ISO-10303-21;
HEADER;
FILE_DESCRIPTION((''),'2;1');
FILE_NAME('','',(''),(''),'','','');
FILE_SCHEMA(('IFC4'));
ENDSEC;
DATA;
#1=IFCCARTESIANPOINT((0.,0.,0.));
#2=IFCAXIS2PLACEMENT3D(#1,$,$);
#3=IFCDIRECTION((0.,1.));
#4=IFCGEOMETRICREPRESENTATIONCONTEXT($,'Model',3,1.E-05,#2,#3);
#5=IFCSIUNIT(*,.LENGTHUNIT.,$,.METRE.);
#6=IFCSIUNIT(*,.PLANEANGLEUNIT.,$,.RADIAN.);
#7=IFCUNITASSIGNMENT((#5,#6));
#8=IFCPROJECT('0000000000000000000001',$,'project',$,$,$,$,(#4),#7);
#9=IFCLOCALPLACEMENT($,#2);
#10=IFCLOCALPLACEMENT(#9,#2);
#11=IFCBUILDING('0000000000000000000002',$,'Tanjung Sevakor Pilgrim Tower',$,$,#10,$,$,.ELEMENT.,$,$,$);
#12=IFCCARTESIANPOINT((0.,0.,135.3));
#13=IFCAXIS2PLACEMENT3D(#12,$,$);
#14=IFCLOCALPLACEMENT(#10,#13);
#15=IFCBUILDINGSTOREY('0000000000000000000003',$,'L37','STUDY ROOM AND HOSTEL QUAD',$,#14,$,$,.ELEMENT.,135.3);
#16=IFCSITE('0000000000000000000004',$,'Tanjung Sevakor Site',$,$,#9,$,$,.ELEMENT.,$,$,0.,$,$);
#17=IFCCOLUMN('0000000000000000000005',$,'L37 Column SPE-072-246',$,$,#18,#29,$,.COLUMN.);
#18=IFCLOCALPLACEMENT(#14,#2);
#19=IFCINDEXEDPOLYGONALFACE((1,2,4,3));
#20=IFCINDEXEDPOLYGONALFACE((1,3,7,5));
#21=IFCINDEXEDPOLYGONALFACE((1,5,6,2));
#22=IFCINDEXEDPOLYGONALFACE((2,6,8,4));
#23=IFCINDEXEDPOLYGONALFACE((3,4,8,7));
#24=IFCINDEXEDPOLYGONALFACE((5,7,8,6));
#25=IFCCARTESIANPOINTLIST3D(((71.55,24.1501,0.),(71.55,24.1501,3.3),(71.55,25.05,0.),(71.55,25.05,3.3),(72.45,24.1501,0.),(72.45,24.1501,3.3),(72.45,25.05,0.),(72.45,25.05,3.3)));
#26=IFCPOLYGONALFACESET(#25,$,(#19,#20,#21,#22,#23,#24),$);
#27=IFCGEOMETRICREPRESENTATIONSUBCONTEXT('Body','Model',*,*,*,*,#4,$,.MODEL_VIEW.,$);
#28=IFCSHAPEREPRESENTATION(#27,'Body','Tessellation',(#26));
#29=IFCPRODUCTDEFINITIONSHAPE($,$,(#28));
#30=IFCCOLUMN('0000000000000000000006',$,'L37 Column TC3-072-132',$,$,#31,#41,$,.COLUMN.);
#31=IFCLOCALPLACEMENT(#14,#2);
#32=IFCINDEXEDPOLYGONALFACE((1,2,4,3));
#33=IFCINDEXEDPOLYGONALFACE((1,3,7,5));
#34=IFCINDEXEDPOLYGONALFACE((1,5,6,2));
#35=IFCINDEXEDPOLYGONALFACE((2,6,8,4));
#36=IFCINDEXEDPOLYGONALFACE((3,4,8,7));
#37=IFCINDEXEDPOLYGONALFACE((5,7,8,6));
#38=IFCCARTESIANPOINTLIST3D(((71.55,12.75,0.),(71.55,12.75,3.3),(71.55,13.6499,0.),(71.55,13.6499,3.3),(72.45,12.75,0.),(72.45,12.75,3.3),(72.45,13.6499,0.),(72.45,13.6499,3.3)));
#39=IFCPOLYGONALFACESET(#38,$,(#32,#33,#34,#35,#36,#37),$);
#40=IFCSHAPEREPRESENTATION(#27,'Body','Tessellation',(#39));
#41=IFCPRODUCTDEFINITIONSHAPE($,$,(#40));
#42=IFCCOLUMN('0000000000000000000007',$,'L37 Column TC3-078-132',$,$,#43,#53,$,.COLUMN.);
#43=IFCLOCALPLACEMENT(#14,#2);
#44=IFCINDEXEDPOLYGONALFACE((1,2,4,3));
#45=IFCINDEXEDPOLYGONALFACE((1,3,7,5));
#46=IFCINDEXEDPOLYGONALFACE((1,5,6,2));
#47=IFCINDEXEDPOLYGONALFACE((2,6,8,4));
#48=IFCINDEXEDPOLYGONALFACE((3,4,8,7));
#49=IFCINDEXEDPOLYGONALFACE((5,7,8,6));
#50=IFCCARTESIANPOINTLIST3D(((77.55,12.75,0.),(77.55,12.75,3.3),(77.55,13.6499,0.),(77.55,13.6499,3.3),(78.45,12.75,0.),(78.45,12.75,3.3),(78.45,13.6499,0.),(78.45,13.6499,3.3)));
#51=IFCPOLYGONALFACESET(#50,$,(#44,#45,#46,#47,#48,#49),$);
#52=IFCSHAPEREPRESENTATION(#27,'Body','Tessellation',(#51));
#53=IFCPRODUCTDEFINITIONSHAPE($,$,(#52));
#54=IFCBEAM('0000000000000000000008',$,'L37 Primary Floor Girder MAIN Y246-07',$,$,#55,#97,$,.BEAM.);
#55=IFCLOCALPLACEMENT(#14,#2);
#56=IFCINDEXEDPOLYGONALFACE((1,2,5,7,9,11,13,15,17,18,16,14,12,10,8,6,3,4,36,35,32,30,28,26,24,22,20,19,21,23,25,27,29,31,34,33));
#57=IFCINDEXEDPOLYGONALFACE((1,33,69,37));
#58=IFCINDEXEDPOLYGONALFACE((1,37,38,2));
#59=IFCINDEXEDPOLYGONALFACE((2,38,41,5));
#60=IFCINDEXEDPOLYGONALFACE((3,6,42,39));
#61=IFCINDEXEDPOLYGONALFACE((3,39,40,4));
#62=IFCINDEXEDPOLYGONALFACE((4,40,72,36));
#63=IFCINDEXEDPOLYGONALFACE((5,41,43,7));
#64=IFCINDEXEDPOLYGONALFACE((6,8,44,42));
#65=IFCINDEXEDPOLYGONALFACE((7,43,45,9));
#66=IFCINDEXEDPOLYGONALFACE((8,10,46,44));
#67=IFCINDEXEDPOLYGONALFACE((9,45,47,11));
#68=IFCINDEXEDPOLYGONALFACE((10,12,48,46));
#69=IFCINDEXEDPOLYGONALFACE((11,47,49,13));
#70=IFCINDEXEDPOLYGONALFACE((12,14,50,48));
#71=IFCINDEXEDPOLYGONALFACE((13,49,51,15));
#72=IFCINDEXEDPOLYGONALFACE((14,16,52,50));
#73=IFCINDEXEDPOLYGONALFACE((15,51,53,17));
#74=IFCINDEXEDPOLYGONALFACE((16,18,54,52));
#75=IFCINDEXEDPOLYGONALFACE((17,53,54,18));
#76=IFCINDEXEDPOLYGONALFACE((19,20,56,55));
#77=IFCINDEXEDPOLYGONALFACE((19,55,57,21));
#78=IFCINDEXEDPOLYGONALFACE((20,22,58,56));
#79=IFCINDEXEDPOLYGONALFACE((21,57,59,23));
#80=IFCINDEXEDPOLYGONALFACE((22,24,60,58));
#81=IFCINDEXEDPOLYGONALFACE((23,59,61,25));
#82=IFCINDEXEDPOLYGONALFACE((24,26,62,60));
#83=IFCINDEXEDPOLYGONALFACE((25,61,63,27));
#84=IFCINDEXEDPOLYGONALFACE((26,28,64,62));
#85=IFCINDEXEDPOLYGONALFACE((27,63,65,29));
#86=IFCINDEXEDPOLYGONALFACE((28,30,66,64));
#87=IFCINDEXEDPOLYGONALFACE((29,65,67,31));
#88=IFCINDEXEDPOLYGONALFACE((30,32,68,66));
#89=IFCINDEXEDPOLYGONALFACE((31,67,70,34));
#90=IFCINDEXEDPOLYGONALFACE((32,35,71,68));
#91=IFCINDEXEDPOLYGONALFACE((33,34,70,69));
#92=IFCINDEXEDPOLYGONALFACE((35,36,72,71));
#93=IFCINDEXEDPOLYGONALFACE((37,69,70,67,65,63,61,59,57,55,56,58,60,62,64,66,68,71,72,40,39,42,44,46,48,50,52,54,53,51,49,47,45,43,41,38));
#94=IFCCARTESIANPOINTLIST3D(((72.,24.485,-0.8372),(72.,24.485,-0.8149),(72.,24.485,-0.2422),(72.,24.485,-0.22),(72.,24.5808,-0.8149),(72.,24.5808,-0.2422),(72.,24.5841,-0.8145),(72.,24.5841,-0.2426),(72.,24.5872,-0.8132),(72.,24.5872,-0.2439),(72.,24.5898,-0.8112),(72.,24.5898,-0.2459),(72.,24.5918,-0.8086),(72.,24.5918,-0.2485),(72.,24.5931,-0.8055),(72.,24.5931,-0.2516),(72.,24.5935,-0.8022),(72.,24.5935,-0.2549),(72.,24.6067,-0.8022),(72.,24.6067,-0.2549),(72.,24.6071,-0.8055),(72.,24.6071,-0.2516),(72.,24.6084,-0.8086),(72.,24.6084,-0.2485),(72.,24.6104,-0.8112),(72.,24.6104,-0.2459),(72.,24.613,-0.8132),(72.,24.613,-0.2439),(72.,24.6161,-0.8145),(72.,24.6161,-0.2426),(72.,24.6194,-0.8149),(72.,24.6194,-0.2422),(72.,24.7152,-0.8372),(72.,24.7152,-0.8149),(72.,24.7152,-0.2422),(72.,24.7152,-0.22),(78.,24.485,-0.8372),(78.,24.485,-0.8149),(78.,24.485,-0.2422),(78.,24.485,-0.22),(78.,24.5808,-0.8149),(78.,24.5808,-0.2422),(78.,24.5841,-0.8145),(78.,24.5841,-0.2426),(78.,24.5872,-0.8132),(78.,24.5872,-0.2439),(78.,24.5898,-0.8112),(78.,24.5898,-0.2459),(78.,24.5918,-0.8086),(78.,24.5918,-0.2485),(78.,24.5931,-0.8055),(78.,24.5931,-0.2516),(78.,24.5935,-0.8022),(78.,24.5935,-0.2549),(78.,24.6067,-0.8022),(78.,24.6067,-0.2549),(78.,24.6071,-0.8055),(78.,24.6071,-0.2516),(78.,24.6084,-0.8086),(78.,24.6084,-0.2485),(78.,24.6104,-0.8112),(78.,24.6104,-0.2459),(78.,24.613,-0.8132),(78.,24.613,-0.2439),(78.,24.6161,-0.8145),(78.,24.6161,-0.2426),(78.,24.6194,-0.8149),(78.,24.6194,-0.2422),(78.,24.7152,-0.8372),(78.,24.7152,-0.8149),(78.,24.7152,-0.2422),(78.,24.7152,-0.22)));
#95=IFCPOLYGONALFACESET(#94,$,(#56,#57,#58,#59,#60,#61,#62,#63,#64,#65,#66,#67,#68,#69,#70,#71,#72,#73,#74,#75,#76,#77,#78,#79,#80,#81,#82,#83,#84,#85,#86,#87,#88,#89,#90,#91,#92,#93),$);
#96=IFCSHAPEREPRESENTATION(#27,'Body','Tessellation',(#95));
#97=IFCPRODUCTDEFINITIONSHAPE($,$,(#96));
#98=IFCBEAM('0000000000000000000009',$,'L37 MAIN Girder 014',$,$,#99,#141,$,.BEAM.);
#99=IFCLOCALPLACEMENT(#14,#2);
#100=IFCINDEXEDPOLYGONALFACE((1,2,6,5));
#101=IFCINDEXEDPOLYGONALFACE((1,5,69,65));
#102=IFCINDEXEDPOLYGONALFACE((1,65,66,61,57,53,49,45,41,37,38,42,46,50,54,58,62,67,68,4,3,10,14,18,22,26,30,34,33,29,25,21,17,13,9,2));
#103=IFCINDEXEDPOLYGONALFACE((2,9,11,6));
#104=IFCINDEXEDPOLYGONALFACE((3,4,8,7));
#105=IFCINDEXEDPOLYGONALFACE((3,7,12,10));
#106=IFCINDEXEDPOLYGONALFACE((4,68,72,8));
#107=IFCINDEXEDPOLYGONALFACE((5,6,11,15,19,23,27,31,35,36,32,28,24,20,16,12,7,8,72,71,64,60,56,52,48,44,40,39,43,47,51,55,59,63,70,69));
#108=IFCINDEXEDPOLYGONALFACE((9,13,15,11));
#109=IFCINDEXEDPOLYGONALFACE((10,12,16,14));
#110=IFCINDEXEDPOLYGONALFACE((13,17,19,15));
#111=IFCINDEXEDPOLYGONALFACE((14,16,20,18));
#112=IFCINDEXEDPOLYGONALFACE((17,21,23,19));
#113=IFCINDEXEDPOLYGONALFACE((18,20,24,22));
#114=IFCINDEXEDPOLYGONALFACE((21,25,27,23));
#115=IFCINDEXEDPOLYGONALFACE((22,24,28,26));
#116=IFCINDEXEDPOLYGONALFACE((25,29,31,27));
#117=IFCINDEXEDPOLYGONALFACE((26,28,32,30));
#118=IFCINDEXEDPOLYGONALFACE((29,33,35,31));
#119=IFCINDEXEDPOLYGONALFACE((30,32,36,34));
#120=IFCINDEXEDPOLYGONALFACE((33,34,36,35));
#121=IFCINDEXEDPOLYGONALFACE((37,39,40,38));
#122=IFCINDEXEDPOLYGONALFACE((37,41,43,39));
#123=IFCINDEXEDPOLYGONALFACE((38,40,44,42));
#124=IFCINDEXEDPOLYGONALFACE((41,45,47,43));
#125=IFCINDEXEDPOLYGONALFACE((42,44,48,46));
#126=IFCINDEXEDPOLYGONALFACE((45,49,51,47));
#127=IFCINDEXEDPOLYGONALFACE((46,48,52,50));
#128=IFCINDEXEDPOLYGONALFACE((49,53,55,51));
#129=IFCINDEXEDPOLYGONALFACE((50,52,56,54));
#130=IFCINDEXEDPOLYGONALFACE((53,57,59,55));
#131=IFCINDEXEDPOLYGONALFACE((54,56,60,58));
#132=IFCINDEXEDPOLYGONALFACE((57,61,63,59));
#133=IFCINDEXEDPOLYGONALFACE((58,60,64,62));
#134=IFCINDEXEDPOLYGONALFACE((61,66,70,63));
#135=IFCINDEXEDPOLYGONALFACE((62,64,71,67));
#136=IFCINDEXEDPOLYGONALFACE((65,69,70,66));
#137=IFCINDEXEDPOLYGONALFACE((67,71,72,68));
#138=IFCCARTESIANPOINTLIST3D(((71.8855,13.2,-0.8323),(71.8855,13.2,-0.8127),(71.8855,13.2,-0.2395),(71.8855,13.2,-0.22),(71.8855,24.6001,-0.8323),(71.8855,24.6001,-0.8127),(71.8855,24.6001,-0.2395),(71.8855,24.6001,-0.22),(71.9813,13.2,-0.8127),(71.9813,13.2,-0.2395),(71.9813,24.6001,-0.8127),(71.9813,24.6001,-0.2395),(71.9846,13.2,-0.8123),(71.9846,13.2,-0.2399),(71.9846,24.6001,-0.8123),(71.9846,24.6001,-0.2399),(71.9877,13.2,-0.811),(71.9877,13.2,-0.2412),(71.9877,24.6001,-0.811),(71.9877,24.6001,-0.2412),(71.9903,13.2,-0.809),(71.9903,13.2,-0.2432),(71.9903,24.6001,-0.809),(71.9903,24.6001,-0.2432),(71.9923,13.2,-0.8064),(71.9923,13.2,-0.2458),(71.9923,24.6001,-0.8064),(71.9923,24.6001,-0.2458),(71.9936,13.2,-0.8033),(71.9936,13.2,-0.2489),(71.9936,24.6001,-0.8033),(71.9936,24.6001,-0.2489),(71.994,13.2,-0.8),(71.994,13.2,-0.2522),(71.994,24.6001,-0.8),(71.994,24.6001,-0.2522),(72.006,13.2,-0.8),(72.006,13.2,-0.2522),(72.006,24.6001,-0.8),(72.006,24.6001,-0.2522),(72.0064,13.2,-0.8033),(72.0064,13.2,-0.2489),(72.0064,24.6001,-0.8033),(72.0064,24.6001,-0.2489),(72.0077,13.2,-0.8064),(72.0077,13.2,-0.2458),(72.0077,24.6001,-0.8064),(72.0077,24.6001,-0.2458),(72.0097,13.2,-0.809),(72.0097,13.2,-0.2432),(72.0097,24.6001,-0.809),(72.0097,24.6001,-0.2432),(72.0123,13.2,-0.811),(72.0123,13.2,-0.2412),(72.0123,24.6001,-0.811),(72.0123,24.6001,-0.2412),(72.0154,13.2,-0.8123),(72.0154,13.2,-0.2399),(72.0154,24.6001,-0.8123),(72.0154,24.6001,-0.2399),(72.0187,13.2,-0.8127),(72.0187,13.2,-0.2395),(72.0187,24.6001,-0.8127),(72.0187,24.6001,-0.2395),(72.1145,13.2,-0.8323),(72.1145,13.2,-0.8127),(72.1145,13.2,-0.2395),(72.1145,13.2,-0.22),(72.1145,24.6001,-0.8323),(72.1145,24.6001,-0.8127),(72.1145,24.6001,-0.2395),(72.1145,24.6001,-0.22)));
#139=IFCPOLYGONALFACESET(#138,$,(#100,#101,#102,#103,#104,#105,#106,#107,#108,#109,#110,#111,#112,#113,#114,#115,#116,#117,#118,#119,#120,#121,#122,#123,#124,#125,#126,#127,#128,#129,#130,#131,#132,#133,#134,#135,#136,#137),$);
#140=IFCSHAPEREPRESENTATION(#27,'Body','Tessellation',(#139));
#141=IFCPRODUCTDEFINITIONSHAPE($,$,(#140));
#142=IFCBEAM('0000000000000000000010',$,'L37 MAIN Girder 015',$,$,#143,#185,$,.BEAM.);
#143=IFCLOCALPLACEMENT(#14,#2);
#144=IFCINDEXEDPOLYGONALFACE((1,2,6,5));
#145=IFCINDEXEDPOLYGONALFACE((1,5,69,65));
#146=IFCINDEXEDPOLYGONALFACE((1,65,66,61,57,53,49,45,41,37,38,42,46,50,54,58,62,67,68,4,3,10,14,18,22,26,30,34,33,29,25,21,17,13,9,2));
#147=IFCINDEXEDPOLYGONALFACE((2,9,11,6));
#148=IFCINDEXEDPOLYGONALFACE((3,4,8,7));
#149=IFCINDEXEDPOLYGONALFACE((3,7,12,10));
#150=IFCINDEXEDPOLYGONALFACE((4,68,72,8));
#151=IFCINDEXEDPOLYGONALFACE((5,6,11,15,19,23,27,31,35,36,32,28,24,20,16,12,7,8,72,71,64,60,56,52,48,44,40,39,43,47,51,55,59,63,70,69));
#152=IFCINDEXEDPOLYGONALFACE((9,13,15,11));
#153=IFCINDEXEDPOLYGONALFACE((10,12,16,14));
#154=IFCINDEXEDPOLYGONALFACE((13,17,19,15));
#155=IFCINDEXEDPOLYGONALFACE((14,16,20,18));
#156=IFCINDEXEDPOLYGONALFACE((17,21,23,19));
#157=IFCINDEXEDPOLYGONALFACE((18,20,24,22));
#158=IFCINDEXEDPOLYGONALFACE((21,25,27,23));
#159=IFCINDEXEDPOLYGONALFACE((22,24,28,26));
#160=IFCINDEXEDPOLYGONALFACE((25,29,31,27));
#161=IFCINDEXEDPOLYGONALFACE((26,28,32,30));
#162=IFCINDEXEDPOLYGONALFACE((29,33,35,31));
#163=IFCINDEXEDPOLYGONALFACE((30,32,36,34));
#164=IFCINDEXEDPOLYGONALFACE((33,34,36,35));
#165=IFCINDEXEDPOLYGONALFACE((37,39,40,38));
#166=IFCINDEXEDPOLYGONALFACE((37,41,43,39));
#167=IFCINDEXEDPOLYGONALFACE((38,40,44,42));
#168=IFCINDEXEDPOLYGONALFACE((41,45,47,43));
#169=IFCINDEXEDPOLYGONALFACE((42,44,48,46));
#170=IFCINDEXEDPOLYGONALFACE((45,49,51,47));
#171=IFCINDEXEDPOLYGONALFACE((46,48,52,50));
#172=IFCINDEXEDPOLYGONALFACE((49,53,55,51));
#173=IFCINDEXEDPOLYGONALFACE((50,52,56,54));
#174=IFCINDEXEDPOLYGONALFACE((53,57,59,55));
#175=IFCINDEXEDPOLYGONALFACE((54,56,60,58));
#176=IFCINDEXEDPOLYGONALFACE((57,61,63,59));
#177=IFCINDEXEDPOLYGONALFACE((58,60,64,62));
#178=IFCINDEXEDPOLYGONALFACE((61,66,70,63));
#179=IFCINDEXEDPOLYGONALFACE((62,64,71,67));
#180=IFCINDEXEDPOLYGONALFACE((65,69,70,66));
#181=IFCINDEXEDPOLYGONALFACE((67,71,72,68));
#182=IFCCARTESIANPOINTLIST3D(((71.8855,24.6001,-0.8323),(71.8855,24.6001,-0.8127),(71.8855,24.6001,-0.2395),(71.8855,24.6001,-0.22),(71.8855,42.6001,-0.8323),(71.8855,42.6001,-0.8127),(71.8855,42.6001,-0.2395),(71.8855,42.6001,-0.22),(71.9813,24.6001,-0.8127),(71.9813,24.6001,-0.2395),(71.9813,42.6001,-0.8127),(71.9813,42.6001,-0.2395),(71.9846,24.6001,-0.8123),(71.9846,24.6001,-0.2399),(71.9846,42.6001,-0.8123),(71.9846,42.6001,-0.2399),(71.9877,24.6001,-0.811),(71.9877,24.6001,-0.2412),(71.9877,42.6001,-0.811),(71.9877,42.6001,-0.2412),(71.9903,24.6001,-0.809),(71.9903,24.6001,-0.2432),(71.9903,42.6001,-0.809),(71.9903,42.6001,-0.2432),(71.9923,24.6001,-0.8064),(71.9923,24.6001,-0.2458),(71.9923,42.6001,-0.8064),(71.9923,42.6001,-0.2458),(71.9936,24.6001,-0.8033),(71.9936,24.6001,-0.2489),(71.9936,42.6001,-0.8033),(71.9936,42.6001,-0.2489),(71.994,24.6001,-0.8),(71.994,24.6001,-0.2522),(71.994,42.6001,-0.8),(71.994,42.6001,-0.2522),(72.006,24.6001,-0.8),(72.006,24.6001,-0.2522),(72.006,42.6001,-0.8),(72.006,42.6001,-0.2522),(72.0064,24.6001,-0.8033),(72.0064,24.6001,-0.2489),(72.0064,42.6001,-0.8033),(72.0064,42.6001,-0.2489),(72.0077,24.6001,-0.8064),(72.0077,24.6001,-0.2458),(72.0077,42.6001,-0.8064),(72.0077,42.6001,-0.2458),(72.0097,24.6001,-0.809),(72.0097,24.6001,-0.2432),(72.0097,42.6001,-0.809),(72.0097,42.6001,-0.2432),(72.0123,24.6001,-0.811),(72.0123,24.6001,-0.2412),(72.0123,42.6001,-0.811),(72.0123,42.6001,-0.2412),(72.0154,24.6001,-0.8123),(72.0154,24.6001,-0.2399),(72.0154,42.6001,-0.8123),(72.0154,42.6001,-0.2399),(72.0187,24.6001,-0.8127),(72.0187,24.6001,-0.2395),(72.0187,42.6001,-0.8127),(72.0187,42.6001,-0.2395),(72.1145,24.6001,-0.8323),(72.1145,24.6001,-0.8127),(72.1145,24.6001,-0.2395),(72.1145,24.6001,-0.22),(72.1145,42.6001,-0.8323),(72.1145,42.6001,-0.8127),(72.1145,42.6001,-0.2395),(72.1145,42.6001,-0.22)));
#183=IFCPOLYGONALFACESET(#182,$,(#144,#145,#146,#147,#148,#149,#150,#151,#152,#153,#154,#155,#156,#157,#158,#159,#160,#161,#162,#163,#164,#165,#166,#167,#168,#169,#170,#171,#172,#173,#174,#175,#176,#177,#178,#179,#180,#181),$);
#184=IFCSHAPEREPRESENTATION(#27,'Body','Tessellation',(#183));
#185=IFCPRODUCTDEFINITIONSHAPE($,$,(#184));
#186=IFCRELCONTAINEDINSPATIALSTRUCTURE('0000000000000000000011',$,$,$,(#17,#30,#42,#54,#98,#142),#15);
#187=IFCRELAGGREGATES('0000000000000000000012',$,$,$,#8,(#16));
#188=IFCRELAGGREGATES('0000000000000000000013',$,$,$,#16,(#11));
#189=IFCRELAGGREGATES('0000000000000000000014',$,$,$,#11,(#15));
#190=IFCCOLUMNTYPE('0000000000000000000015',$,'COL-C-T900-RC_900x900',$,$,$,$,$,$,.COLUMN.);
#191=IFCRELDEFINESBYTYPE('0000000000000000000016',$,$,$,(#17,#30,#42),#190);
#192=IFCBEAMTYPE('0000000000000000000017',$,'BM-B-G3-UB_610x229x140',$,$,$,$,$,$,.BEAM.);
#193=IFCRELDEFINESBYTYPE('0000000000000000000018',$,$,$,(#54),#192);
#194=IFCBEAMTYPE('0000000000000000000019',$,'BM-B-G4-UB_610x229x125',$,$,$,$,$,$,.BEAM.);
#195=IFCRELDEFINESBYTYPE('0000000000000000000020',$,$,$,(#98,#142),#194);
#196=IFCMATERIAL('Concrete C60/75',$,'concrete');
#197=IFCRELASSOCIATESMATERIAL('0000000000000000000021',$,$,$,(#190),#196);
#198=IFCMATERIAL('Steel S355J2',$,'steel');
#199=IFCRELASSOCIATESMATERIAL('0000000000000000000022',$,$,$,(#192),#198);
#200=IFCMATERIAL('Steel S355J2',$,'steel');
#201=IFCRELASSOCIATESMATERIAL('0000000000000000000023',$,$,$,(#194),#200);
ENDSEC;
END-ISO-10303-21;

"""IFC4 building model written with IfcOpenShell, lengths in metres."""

from ifc_helpers import new_model, si_unit, direction, frame, origin, origin_2d, place, context, subcontext, project, spatial, rectangle, i_section, extrude, material, material_profile, profile_set, type_object, element, save


model = new_model("IFC4")

# Units and contexts
model_context = context("Model", 3, precision=1e-05, world=origin(), true_north=direction((0.0, 1.0)))
body_context = subcontext(model_context, "Body", "Model", "MODEL_VIEW")
ifc_project = project(units=[si_unit("LENGTHUNIT", "METRE"), si_unit("PLANEANGLEUNIT", "RADIAN")], contexts=[model_context])

# Site, building, storey
site_placement = place(None, origin())
site = spatial("IfcSite", under=ifc_project, at=site_placement, Name="Tanjung Sevakor Site", CompositionType="ELEMENT", RefElevation=0.0)
building_placement = place(site_placement, origin())
building = spatial("IfcBuilding", under=site, at=building_placement, Name="Tanjung Sevakor Pilgrim Tower", CompositionType="ELEMENT")
storey_placement = place(building_placement, frame((0.0, 0.0, 135.3)))
storey = spatial("IfcBuildingStorey", under=building, at=storey_placement, Name="L37", Description="STUDY ROOM AND HOSTEL QUAD", CompositionType="ELEMENT", Elevation=135.3)

# Columns
ifc_material_1 = material(Name="Concrete C60/75", Category="concrete")
ifc_material_profile_1 = material_profile(ifc_material_1, rectangle(XDim=0.8999, YDim=0.8999, at=origin_2d()))
ifc_profile_set_1 = profile_set([ifc_material_profile_1], Name="Concrete C60/75")
column_type = type_object("IfcColumnType", Name="COL-C-T900-RC_900x900", PredefinedType="COLUMN", material=ifc_profile_set_1)
for number, where, z_axis, x_axis, name in (
    (1, (72.0, 24.6001, 0.0), (0.0, 0.0, 1.0), (1.0, 0.0, 0.0), "L37 Column SPE-072-246"),
    (2, (72.0, 13.2, 0.0), (0.0, 0.0, 1.0), (1.0, 0.0, 0.0), "L37 Column TC3-072-132"),
    (3, (78.0, 13.2, 0.0), (0.0, 0.0, 1.0), (1.0, 0.0, 0.0), "L37 Column TC3-078-132"),
):
    element("IfcColumn", number, at=place(storey_placement, frame(where, z_axis=z_axis, x_axis=x_axis)), inside=storey, type_object=column_type, Name=name, PredefinedType="COLUMN", context=body_context, shape_type="SweptSolid", body=[
        extrude(rectangle(XDim=0.8999, YDim=0.8999, at=origin_2d()), origin(), (0.0, 0.0, 1.0), 3.3),
    ])

# Beams
ifc_material_2 = material(Name="Steel S355J2", Category="steel")
ifc_material_profile_2 = material_profile(ifc_material_2, i_section(OverallWidth=0.2302, OverallDepth=0.6172, WebThickness=0.0132, FlangeThickness=0.0222, FilletRadius=0.0127, at=origin_2d()))
ifc_profile_set_2 = profile_set([ifc_material_profile_2], Name="Steel S355J2")
beam_type_1 = type_object("IfcBeamType", Name="BM-B-G3-UB_610x229x140", PredefinedType="BEAM", material=ifc_profile_set_2)
beam_1_placement = place(storey_placement, frame((72.0, 24.6001, -0.5286), z_axis=(1.0, 0.0, 0.0), x_axis=(0.0, 1.0, 0.0)))
element("IfcBeam", 4, at=beam_1_placement, inside=storey, type_object=beam_type_1, Name="L37 Primary Floor Girder MAIN Y246-07", PredefinedType="BEAM", context=body_context, shape_type="SweptSolid", body=[
    extrude(i_section(OverallWidth=0.2302, OverallDepth=0.6172, WebThickness=0.0132, FlangeThickness=0.0222, FilletRadius=0.0127, at=origin_2d()), origin(), (0.0, 0.0, 1.0), 6.0),
])
ifc_material_3 = material(Name="Steel S355J2", Category="steel")
ifc_material_profile_3 = material_profile(ifc_material_3, i_section(OverallWidth=0.229, OverallDepth=0.6123, WebThickness=0.012, FlangeThickness=0.0195, FilletRadius=0.0127, at=origin_2d()))
ifc_profile_set_3 = profile_set([ifc_material_profile_3], Name="Steel S355J2")
beam_type_2 = type_object("IfcBeamType", Name="BM-B-G4-UB_610x229x125", PredefinedType="BEAM", material=ifc_profile_set_3)
beam_2_placement = place(storey_placement, frame((72.0, 13.2, -0.5261), z_axis=(0.0, 1.0, 0.0), x_axis=(-1.0, 0.0, 0.0)))
element("IfcBeam", 5, at=beam_2_placement, inside=storey, type_object=beam_type_2, Name="L37 MAIN Girder 014", PredefinedType="BEAM", context=body_context, shape_type="SweptSolid", body=[
    extrude(i_section(OverallWidth=0.229, OverallDepth=0.6123, WebThickness=0.012, FlangeThickness=0.0195, FilletRadius=0.0127, at=origin_2d()), origin(), (0.0, 0.0, 1.0), 11.4001),
])
beam_3_placement = place(storey_placement, frame((72.0, 24.6001, -0.5261), z_axis=(0.0, 1.0, 0.0), x_axis=(-1.0, 0.0, 0.0)))
element("IfcBeam", 6, at=beam_3_placement, inside=storey, type_object=beam_type_2, Name="L37 MAIN Girder 015", PredefinedType="BEAM", context=body_context, shape_type="SweptSolid", body=[
    extrude(i_section(OverallWidth=0.229, OverallDepth=0.6123, WebThickness=0.012, FlangeThickness=0.0195, FilletRadius=0.0127, at=origin_2d()), origin(), (0.0, 0.0, 1.0), 18.0),
])

save(model, "model.ifc")
